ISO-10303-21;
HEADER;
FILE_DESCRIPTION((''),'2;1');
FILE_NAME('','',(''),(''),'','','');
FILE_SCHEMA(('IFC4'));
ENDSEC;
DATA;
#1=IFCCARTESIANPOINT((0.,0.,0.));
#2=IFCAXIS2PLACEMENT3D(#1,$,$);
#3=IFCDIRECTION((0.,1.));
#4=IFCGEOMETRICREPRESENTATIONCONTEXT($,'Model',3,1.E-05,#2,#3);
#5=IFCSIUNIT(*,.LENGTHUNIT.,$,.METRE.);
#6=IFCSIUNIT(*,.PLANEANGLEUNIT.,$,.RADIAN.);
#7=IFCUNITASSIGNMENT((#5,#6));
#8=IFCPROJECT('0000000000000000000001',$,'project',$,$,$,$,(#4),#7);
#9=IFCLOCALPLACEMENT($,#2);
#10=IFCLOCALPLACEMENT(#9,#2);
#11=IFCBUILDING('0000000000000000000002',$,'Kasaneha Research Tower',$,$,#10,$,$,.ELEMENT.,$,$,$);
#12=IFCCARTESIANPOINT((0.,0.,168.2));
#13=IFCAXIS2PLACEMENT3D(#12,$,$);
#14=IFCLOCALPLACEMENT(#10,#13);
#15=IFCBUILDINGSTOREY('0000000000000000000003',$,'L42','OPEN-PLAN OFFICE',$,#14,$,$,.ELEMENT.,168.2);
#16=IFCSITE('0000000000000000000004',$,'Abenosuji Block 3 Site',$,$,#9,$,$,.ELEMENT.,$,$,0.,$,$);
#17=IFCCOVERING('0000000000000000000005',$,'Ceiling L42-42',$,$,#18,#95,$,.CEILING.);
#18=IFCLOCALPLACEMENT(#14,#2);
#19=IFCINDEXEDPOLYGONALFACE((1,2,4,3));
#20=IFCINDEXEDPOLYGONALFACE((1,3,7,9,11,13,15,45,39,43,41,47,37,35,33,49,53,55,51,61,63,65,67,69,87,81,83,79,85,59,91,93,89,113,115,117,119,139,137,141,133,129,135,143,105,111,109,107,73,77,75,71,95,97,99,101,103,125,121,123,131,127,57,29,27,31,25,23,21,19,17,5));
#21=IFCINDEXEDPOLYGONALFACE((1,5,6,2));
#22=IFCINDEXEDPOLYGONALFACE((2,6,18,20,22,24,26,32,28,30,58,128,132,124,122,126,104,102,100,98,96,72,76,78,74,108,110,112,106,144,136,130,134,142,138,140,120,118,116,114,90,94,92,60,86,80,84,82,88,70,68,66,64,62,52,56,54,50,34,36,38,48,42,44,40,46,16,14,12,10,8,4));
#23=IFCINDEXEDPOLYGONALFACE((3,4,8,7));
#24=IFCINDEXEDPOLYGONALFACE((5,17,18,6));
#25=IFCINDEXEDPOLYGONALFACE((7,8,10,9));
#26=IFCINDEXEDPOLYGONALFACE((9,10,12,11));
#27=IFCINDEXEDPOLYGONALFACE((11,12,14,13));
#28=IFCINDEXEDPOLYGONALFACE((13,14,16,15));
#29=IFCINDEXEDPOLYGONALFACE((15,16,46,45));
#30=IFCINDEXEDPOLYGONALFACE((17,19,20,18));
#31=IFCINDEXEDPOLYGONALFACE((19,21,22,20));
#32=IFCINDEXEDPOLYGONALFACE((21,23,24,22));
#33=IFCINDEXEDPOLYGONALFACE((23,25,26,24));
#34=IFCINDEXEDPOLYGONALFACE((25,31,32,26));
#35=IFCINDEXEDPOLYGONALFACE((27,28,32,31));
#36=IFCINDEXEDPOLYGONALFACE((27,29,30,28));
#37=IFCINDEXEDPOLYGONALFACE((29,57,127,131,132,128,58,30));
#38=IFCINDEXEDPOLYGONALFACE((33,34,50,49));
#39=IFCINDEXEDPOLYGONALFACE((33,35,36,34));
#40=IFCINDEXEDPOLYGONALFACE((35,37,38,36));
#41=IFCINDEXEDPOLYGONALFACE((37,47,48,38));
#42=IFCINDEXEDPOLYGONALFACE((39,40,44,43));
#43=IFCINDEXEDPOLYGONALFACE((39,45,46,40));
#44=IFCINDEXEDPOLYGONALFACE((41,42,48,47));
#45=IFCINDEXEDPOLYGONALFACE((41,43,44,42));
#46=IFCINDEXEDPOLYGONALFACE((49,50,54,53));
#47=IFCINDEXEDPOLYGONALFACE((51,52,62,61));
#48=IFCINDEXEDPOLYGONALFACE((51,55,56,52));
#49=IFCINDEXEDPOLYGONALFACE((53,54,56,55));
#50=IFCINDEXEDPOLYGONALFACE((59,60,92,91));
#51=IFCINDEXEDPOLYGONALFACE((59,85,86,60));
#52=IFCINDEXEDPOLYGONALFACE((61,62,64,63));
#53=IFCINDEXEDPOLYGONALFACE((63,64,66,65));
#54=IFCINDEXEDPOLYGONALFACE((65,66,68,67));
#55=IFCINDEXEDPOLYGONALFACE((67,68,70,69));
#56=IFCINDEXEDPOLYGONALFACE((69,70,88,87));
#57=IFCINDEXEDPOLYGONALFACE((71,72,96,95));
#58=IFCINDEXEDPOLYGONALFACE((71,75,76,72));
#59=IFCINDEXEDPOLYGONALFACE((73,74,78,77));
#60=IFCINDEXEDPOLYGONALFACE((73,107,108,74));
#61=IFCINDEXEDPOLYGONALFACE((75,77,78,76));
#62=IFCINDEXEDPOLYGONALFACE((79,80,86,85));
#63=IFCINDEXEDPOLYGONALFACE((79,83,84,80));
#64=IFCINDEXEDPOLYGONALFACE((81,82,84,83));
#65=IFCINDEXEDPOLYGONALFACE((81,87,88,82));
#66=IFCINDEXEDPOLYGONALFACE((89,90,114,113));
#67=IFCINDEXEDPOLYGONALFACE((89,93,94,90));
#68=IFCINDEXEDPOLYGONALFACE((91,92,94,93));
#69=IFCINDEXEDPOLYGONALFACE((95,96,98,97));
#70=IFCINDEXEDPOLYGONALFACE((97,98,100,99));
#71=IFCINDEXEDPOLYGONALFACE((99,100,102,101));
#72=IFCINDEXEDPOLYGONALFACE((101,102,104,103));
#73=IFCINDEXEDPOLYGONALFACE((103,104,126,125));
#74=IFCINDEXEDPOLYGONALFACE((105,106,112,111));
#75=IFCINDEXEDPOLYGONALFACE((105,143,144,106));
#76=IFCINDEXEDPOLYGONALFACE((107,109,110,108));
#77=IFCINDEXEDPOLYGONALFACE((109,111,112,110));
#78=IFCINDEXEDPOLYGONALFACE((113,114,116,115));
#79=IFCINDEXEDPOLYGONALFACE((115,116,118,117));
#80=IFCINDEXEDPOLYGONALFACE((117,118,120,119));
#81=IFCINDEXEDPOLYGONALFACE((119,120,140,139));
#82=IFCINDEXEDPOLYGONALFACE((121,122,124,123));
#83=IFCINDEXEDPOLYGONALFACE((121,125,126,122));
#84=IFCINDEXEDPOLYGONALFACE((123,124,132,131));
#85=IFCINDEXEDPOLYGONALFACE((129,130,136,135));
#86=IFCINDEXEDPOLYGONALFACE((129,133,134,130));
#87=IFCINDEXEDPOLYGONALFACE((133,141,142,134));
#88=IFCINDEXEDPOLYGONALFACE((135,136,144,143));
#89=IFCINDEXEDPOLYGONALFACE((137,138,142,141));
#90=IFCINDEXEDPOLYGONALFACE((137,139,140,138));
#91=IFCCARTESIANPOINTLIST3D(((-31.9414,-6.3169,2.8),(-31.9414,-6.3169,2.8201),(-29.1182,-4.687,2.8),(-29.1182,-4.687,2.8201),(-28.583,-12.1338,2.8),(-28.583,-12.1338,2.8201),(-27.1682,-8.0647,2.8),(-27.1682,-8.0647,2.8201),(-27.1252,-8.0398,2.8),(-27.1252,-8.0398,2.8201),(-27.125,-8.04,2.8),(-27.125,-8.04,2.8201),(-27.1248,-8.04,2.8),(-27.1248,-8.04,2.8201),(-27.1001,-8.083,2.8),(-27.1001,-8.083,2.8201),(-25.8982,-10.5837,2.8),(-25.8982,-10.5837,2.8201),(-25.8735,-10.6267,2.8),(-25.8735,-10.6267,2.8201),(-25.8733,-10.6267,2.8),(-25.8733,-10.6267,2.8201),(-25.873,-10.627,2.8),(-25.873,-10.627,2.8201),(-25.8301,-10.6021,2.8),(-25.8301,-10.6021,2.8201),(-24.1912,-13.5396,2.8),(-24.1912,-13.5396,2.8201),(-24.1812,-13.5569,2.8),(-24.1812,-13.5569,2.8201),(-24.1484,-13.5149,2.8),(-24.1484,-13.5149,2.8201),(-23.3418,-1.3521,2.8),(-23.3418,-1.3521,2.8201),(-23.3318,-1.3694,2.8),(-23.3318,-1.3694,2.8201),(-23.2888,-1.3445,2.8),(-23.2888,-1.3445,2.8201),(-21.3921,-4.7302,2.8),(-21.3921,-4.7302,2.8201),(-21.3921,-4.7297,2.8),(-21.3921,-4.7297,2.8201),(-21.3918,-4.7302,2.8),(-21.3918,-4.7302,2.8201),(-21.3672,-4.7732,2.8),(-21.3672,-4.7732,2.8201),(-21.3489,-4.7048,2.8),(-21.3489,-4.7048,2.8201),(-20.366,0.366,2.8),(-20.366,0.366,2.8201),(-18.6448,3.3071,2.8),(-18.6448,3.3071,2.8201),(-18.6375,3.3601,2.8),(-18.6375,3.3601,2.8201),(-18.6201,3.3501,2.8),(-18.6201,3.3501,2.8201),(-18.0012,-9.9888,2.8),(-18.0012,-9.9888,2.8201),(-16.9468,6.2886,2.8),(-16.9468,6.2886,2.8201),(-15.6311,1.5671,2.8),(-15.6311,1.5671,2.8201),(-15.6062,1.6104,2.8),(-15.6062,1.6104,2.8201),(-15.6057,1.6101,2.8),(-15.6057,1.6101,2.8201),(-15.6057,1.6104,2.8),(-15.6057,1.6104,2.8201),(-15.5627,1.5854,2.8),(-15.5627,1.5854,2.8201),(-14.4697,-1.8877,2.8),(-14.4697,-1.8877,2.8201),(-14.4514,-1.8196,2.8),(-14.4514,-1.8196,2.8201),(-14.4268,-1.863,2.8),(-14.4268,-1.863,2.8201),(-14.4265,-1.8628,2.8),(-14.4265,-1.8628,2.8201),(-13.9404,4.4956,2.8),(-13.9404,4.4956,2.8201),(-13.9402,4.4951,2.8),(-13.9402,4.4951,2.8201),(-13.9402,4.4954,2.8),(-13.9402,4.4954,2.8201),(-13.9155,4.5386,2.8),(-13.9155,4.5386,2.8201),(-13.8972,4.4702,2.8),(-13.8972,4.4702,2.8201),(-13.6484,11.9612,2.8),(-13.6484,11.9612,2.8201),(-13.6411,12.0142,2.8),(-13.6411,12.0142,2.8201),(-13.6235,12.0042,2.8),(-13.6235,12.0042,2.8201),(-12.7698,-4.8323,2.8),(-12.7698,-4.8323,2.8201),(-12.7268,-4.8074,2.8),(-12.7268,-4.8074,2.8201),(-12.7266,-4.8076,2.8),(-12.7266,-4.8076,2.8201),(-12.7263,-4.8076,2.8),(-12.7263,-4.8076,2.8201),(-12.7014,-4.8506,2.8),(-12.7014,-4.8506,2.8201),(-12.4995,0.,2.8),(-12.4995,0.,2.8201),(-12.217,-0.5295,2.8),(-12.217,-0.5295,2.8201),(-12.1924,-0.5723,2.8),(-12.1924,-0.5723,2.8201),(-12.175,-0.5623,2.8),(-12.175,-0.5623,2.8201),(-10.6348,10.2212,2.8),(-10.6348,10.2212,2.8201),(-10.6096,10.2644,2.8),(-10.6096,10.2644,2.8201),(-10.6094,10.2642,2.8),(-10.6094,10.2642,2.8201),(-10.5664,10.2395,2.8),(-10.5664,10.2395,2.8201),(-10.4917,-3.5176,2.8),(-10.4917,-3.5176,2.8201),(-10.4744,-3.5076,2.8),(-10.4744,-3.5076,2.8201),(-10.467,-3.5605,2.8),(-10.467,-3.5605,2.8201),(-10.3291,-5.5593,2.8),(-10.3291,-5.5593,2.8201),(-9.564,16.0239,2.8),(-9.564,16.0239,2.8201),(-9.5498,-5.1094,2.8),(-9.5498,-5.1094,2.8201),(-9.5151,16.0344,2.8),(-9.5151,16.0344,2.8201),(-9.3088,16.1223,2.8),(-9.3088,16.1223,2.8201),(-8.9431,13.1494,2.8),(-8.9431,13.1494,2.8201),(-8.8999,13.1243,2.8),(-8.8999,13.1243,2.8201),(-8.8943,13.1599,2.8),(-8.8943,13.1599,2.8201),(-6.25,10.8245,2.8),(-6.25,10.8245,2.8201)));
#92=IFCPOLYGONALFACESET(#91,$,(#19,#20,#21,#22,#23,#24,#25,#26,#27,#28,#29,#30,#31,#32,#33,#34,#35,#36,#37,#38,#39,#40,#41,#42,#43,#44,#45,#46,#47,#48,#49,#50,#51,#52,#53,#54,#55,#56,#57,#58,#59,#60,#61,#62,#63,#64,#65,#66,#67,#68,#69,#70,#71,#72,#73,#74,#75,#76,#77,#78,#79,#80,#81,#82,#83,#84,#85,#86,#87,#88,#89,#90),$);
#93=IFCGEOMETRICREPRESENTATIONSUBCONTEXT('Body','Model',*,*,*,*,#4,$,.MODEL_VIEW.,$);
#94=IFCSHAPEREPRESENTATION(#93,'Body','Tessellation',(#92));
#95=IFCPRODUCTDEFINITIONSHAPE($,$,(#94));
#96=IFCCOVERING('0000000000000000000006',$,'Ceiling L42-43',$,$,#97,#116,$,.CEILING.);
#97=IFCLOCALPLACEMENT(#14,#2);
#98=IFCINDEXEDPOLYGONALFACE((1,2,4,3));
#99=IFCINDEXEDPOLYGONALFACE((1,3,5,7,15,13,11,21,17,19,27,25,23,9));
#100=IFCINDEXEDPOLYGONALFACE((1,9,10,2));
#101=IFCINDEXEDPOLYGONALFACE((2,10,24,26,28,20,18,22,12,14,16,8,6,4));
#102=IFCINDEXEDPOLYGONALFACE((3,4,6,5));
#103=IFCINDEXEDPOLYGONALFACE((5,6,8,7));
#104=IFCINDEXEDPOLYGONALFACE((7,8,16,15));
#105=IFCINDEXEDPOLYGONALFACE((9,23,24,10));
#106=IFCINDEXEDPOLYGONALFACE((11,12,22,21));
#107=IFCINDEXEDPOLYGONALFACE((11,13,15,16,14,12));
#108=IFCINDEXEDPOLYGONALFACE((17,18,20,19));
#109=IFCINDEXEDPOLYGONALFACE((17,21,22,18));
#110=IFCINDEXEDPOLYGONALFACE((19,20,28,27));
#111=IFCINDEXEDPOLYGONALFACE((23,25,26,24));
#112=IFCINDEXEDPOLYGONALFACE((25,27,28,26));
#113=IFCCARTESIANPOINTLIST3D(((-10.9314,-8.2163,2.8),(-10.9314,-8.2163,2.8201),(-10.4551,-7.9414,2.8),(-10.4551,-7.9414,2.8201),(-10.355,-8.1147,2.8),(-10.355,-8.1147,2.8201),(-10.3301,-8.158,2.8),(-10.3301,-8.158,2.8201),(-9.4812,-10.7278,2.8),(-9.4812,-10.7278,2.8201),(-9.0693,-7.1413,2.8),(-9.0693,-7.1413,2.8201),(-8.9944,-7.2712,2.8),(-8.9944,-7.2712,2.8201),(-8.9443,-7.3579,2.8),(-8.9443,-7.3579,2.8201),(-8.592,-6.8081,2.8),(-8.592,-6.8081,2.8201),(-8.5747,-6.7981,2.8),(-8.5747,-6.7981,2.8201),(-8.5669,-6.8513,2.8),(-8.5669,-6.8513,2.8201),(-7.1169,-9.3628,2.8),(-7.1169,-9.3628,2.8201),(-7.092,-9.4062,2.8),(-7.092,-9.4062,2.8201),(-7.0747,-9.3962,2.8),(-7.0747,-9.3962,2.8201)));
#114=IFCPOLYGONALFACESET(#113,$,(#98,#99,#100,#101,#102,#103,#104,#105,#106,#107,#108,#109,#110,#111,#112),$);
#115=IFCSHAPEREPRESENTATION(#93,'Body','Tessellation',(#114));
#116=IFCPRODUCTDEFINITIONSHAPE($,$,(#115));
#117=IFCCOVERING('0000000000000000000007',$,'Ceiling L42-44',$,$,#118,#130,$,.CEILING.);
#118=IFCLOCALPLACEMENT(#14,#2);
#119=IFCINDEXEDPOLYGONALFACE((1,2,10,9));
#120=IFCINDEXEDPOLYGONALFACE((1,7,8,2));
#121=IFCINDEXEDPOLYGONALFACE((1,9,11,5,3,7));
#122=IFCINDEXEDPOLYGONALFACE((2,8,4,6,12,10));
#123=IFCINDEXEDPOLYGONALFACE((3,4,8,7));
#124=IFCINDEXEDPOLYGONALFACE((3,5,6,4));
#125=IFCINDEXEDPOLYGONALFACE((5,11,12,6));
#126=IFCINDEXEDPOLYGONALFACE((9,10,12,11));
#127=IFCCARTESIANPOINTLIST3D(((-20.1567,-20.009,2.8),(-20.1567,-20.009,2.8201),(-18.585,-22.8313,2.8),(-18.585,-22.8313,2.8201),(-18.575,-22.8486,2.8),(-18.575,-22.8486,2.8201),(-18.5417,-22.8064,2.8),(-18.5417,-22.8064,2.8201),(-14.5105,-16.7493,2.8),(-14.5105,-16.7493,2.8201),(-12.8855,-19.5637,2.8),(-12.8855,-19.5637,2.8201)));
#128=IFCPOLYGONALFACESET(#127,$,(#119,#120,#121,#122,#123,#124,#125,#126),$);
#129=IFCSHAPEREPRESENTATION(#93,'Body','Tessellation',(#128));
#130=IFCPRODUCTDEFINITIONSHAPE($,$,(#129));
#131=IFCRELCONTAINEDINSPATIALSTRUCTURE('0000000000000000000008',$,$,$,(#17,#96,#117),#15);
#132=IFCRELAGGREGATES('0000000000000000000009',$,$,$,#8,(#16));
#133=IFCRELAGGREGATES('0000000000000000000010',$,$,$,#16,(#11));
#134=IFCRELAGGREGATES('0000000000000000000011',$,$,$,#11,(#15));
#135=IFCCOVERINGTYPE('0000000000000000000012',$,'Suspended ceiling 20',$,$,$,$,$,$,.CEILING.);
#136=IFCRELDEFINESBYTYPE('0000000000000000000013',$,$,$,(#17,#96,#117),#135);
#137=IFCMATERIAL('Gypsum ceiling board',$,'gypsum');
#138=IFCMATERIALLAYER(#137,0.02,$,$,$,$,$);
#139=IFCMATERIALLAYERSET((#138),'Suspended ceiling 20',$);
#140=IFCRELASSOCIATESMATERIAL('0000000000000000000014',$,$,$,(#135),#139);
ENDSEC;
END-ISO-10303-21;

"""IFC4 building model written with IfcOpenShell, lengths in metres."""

from ifc_helpers import new_model, si_unit, direction, frame, origin, place, context, subcontext, project, spatial, polyline, outline, extrude, material, layer, layer_set, type_object, element, save


model = new_model("IFC4")

# Units and contexts
model_context = context("Model", 3, precision=1e-05, world=origin(), true_north=direction((0.0, 1.0)))
body_context = subcontext(model_context, "Body", "Model", "MODEL_VIEW")
ifc_project = project(units=[si_unit("LENGTHUNIT", "METRE"), si_unit("PLANEANGLEUNIT", "RADIAN")], contexts=[model_context])

# Site, building, storey
site_placement = place(None, origin())
site = spatial("IfcSite", under=ifc_project, at=site_placement, Name="Abenosuji Block 3 Site", CompositionType="ELEMENT", RefElevation=0.0)
building_placement = place(site_placement, origin())
building = spatial("IfcBuilding", under=site, at=building_placement, Name="Kasaneha Research Tower", CompositionType="ELEMENT")
storey_placement = place(building_placement, frame((0.0, 0.0, 168.2)))
storey = spatial("IfcBuildingStorey", under=building, at=storey_placement, Name="L42", Description="OPEN-PLAN OFFICE", CompositionType="ELEMENT", Elevation=168.2)

# Coverings
ifc_material_1 = material(Name="Gypsum ceiling board", Category="gypsum")
ifc_layer_1 = layer(ifc_material_1, 0.02)
ifc_layer_set_1 = layer_set([ifc_layer_1], Name="Suspended ceiling 20")
covering_type_1 = type_object("IfcCoveringType", Name="Suspended ceiling 20", PredefinedType="CEILING", material=ifc_layer_set_1)
covering_1_placement = place(storey_placement, frame((0.0, 0.0, 2.8)))
element("IfcCovering", 1, at=covering_1_placement, inside=storey, type_object=covering_type_1, Name="Ceiling L42-42", PredefinedType="CEILING", context=body_context, shape_type="SweptSolid", body=[
    extrude(outline(polyline([(-12.1924, -0.5723), (-12.217, -0.5295), (-14.4514, -1.8196), (-14.4265, -1.8628), (-14.4268, -1.863), (-14.4268, -1.863), (-14.4697, -1.8877), (-12.7698, -4.8323), (-12.7268, -4.8074), (-12.7266, -4.8076), (-12.7263, -4.8076), (-12.7014, -4.8506), (-10.467, -3.5605), (-10.4917, -3.5176), (-10.4744, -3.5076), (-9.5498, -5.1094), (-10.3291, -5.5593), (-10.3291, -5.5593), (-18.0012, -9.9888), (-24.1812, -13.5569), (-24.1912, -13.5396), (-24.1484, -13.5149), (-25.8301, -10.6021), (-25.873, -10.627), (-25.8733, -10.6267), (-25.8735, -10.6267), (-25.8982, -10.5837), (-28.583, -12.1338), (-31.9414, -6.3169), (-29.1182, -4.687), (-27.1682, -8.0647), (-27.1252, -8.0398), (-27.125, -8.04), (-27.1248, -8.04), (-27.1001, -8.083), (-21.3672, -4.7732), (-21.3921, -4.7302), (-21.3918, -4.7302), (-21.3921, -4.7297), (-21.3489, -4.7048), (-23.2888, -1.3445), (-23.3318, -1.3694), (-23.3418, -1.3521), (-20.366, 0.366), (-18.6375, 3.3601), (-18.6201, 3.3501), (-18.6448, 3.3071), (-15.6311, 1.5671), (-15.6062, 1.6104), (-15.6057, 1.6101), (-15.6057, 1.6104), (-15.5627, 1.5854), (-13.8972, 4.4702), (-13.9402, 4.4951), (-13.9402, 4.4954), (-13.9404, 4.4956), (-13.9155, 4.5386), (-16.9468, 6.2886), (-13.6411, 12.0142), (-13.6235, 12.0042), (-13.6484, 11.9612), (-10.6348, 10.2212), (-10.6096, 10.2644), (-10.6094, 10.2642), (-10.6094, 10.2642), (-10.5664, 10.2395), (-8.8999, 13.1243), (-8.9431, 13.1494), (-8.8943, 13.1599), (-9.5151, 16.0344), (-9.564, 16.0239), (-9.564, 16.0239), (-9.3088, 16.1223), (-6.25, 10.8245), (-12.4995, 0.0), (-12.175, -0.5623), (-12.1924, -0.5723)])), origin(), (0.0, 0.0, 1.0), 0.02),
])
covering_2_placement = place(storey_placement, frame((0.0, 0.0, 2.8)))
element("IfcCovering", 2, at=covering_2_placement, inside=storey, type_object=covering_type_1, Name="Ceiling L42-43", PredefinedType="CEILING", context=body_context, shape_type="SweptSolid", body=[
    extrude(outline(polyline([(-10.355, -8.1147), (-10.355, -8.1147), (-10.3301, -8.158), (-8.9443, -7.3579), (-8.9944, -7.2712), (-8.9944, -7.2712), (-9.0942, -7.0981), (-9.0942, -7.0981), (-9.0693, -7.1414), (-8.5669, -6.8513), (-8.592, -6.8081), (-8.5747, -6.7981), (-7.0747, -9.3962), (-7.092, -9.4062), (-7.1169, -9.3628), (-9.4812, -10.7278), (-10.9314, -8.2163), (-10.4551, -7.9414), (-10.355, -8.1147)])), origin(), (0.0, 0.0, 1.0), 0.02),
])
covering_3_placement = place(storey_placement, frame((0.0, 0.0, 2.8)))
element("IfcCovering", 3, at=covering_3_placement, inside=storey, type_object=covering_type_1, Name="Ceiling L42-44", PredefinedType="CEILING", context=body_context, shape_type="SweptSolid", body=[
    extrude(outline(polyline([(-18.575, -22.8486), (-18.585, -22.8313), (-18.5417, -22.8064), (-20.1567, -20.009), (-14.5105, -16.7493), (-12.8855, -19.5637), (-18.575, -22.8486)])), origin(), (0.0, 0.0, 1.0), 0.02),
])

save(model, "model.ifc")
